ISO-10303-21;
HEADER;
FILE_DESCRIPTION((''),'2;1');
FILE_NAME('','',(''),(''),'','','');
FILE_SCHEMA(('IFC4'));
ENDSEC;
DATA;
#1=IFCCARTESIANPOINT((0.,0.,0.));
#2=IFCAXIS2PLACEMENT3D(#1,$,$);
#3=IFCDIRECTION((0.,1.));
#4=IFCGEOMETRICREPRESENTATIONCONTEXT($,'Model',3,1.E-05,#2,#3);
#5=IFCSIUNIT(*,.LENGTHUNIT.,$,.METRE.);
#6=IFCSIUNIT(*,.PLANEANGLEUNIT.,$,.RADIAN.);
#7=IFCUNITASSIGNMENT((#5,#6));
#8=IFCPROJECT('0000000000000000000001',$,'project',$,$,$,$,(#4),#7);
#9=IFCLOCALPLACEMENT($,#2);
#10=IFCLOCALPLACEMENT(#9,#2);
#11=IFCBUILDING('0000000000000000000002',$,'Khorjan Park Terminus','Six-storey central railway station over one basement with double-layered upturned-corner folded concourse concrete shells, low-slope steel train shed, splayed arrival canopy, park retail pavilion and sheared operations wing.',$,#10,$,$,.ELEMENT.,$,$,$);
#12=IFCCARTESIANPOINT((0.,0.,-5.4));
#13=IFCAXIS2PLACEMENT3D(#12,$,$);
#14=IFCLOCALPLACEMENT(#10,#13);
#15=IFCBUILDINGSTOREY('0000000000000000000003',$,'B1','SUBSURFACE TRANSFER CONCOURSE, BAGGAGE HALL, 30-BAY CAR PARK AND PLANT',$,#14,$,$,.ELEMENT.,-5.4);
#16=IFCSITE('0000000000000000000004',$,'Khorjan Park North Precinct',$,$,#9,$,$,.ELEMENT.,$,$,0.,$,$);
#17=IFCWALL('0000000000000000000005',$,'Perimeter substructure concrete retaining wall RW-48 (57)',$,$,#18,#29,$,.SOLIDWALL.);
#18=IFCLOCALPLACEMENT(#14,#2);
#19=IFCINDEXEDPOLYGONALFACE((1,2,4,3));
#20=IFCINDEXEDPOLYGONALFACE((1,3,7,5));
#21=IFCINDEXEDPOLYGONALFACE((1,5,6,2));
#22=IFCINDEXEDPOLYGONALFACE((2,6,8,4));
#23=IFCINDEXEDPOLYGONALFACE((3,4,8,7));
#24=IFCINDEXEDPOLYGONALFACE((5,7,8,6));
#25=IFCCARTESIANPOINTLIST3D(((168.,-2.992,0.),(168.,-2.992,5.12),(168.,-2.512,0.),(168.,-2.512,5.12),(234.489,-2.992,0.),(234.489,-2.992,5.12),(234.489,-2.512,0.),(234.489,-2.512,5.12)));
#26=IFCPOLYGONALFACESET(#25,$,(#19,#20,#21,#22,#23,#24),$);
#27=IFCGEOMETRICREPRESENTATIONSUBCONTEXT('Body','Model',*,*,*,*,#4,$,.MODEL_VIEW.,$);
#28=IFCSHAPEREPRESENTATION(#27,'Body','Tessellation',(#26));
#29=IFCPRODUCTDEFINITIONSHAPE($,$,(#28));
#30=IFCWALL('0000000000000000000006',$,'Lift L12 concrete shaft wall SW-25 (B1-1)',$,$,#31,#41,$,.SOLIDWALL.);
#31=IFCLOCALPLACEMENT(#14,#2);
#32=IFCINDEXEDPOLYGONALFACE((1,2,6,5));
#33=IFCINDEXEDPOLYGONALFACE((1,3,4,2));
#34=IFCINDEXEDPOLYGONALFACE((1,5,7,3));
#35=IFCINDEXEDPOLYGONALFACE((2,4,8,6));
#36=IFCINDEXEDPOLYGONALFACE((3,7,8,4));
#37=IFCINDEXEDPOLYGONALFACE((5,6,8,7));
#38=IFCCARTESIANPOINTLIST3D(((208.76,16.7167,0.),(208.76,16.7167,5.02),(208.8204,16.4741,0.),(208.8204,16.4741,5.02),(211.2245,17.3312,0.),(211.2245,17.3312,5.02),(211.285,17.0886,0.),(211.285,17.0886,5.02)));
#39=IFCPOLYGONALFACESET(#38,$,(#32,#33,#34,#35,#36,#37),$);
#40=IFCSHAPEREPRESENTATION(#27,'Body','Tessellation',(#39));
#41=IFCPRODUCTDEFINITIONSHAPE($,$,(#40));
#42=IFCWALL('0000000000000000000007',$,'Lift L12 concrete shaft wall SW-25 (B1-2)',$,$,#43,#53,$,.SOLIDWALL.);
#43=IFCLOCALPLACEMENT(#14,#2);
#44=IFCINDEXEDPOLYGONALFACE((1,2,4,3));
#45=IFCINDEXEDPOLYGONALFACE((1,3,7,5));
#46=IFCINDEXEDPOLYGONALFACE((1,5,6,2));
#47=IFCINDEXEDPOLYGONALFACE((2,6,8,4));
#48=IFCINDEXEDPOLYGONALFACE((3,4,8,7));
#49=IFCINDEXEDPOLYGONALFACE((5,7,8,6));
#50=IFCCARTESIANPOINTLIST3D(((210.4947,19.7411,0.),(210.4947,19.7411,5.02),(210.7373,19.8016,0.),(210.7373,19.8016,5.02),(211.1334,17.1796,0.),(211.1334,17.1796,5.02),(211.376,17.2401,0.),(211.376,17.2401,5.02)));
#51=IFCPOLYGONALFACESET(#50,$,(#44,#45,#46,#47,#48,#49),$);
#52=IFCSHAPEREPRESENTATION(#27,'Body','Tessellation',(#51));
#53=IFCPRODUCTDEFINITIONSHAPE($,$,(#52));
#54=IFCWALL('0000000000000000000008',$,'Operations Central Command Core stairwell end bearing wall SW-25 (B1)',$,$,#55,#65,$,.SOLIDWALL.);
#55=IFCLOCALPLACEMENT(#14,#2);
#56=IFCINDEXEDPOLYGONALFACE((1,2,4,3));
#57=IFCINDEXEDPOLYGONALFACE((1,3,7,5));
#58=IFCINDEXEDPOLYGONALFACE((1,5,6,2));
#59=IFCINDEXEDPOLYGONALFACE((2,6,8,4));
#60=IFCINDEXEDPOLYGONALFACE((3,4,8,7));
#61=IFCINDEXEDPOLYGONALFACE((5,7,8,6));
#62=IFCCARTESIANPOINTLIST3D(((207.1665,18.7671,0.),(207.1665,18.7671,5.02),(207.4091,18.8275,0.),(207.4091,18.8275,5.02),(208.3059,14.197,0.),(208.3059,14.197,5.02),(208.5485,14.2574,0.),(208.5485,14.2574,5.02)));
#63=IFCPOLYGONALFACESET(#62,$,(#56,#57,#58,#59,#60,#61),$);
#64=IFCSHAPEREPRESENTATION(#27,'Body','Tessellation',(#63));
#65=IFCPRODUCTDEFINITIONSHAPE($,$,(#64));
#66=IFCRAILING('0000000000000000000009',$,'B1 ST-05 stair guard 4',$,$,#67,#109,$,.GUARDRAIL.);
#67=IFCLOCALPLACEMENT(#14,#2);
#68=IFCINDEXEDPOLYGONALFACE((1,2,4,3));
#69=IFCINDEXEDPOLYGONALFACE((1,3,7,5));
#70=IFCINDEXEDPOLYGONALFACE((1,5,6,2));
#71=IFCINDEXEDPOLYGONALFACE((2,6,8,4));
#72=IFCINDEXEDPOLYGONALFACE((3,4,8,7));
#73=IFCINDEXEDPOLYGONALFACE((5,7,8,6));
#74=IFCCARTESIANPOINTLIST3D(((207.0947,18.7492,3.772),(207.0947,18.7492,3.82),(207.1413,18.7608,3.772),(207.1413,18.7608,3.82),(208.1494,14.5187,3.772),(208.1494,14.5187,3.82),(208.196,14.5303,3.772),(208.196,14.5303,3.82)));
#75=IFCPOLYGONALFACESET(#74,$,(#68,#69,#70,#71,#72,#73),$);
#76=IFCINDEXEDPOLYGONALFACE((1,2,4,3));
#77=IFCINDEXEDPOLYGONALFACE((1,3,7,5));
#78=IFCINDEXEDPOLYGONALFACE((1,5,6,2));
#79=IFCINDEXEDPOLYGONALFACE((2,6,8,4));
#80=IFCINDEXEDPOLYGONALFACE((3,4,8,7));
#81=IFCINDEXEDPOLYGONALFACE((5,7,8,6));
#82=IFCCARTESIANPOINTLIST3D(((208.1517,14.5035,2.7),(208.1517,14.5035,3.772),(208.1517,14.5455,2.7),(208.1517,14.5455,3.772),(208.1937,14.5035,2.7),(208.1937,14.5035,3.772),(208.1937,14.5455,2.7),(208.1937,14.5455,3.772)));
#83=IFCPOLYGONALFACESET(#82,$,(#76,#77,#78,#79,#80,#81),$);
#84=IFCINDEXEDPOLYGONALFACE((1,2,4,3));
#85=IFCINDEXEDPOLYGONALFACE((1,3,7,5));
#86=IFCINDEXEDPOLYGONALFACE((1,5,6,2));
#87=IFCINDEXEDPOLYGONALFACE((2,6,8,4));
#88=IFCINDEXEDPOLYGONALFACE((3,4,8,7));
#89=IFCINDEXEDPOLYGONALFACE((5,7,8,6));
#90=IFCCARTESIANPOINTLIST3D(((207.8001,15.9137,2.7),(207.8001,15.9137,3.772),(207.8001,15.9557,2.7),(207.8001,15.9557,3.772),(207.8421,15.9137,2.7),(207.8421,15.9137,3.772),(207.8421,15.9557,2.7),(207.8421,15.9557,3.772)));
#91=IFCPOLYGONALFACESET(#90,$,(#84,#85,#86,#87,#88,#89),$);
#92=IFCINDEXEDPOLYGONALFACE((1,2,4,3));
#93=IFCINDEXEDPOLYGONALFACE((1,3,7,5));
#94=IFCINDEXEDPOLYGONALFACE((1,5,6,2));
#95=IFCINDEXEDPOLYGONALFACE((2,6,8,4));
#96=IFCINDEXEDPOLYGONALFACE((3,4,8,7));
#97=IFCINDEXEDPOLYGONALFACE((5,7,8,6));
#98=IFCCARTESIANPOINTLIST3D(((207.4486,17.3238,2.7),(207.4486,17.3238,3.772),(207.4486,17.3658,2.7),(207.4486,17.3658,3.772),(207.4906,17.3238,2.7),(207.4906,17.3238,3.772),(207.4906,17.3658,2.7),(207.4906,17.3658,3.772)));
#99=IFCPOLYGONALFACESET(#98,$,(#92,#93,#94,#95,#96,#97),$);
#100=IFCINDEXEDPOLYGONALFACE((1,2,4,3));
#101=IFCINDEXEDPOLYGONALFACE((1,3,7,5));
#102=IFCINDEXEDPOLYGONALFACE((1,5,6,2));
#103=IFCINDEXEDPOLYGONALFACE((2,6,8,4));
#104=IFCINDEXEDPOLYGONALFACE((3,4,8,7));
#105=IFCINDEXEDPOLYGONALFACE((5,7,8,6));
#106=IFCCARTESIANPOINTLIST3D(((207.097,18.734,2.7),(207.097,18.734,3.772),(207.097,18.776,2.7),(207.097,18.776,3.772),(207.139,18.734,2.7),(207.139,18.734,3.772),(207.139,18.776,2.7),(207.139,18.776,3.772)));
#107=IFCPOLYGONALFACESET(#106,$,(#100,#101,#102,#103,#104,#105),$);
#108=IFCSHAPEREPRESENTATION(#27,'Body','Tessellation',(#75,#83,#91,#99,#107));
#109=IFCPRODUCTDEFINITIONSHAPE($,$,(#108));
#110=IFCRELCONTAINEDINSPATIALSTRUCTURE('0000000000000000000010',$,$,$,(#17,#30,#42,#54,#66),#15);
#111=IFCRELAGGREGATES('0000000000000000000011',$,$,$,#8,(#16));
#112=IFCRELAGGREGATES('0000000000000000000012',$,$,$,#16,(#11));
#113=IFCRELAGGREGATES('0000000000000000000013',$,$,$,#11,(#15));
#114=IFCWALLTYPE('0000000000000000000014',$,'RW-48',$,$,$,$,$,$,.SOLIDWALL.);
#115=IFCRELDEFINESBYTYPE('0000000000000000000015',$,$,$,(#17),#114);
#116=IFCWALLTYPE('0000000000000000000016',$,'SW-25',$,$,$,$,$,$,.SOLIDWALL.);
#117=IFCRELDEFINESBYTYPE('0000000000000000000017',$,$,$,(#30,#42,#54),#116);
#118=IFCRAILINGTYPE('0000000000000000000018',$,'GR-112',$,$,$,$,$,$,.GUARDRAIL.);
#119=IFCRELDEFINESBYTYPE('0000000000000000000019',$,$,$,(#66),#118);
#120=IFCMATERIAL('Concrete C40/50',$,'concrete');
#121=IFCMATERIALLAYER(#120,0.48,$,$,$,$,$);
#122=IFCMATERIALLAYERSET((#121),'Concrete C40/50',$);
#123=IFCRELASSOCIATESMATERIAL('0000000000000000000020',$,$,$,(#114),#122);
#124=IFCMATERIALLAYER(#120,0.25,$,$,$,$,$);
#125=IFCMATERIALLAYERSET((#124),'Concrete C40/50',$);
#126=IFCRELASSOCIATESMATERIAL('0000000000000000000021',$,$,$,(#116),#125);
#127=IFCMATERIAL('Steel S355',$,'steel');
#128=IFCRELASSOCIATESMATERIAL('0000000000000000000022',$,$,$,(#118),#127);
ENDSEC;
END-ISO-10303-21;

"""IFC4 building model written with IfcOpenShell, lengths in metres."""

from ifc_helpers import new_model, si_unit, direction, frame, frame_2d, origin, origin_2d, place, context, subcontext, project, spatial, rectangle, extrude, material, layer, layer_set, type_object, element, save


model = new_model("IFC4")

# Units and contexts
model_context = context("Model", 3, precision=1e-05, world=origin(), true_north=direction((0.0, 1.0)))
body_context = subcontext(model_context, "Body", "Model", "MODEL_VIEW")
ifc_project = project(units=[si_unit("LENGTHUNIT", "METRE"), si_unit("PLANEANGLEUNIT", "RADIAN")], contexts=[model_context])

# Site, building, storey
site_placement = place(None, origin())
site = spatial("IfcSite", under=ifc_project, at=site_placement, Name="Khorjan Park North Precinct", CompositionType="ELEMENT", RefElevation=0.0)
building_placement = place(site_placement, origin())
building = spatial("IfcBuilding", under=site, at=building_placement, Name="Khorjan Park Terminus", Description="Six-storey central railway station over one basement with double-layered upturned-corner folded concourse concrete shells, low-slope steel train shed, splayed arrival canopy, park retail pavilion and sheared operations wing.", CompositionType="ELEMENT")
storey_placement = place(building_placement, frame((0.0, 0.0, -5.4)))
storey = spatial("IfcBuildingStorey", under=building, at=storey_placement, Name="B1", Description="SUBSURFACE TRANSFER CONCOURSE, BAGGAGE HALL, 30-BAY CAR PARK AND PLANT", CompositionType="ELEMENT", Elevation=-5.4)

# Shared definitions
ifc_material_1 = material(Name="Concrete C40/50", Category="concrete")

# Walls
ifc_layer_1 = layer(ifc_material_1, 0.48)
ifc_layer_set_1 = layer_set([ifc_layer_1], Name="Concrete C40/50")
wall_type_1 = type_object("IfcWallType", Name="RW-48", PredefinedType="SOLIDWALL", material=ifc_layer_set_1)
wall_1_placement = place(storey_placement, frame((234.489, -2.752, 0.0), z_axis=(0.0, 0.0, 1.0), x_axis=(-1.0, 0.0, 0.0)))
element("IfcWall", 1, at=wall_1_placement, inside=storey, type_object=wall_type_1, Name="Perimeter substructure concrete retaining wall RW-48 (57)", PredefinedType="SOLIDWALL", context=body_context, shape_type="SweptSolid", body=[
    extrude(rectangle(XDim=66.489, YDim=0.48, at=frame_2d((33.2445, 0.0))), origin(), (0.0, 0.0, 1.0), 5.12),
])
ifc_layer_2 = layer(ifc_material_1, 0.25)
ifc_layer_set_2 = layer_set([ifc_layer_2], Name="Concrete C40/50")
wall_type_2 = type_object("IfcWallType", Name="SW-25", PredefinedType="SOLIDWALL", material=ifc_layer_set_2)
wall_2_placement = place(storey_placement, frame((208.7902, 16.5954, 0.0), z_axis=(0.0, 0.0, 1.0), x_axis=(0.970293, 0.241933, 0.0)))
element("IfcWall", 2, at=wall_2_placement, inside=storey, type_object=wall_type_2, Name="Lift L12 concrete shaft wall SW-25 (B1-1)", PredefinedType="SOLIDWALL", context=body_context, shape_type="SweptSolid", body=[
    extrude(rectangle(XDim=2.54, YDim=0.25, at=frame_2d((1.27, 0.0))), origin(), (0.0, 0.0, 1.0), 5.02),
])
wall_3_placement = place(storey_placement, frame((211.2547, 17.2099, 0.0), z_axis=(0.0, 0.0, 1.0), x_axis=(-0.241938, 0.970292, 0.0)))
element("IfcWall", 3, at=wall_3_placement, inside=storey, type_object=wall_type_2, Name="Lift L12 concrete shaft wall SW-25 (B1-2)", PredefinedType="SOLIDWALL", context=body_context, shape_type="SweptSolid", body=[
    extrude(rectangle(XDim=2.6399, YDim=0.25, at=frame_2d((1.3199, 0.0))), origin(), (0.0, 0.0, 1.0), 5.02),
])
wall_4_placement = place(storey_placement, frame((208.4272, 14.2272, 0.0), z_axis=(0.0, 0.0, 1.0), x_axis=(-0.241911, 0.970298, 0.0)))
element("IfcWall", 4, at=wall_4_placement, inside=storey, type_object=wall_type_2, Name="Operations Central Command Core stairwell end bearing wall SW-25 (B1)", PredefinedType="SOLIDWALL", context=body_context, shape_type="SweptSolid", body=[
    extrude(rectangle(XDim=4.71, YDim=0.25, at=frame_2d((2.355, 0.0))), origin(), (0.0, 0.0, 1.0), 5.02),
])

# Railing
ifc_material_2 = material(Name="Steel S355", Category="steel")
railing_type = type_object("IfcRailingType", Name="GR-112", PredefinedType="GUARDRAIL", material=ifc_material_2)
railing_placement = place(storey_placement, frame((208.1727, 14.5245, 2.7)))
element("IfcRailing", 5, at=railing_placement, inside=storey, type_object=railing_type, Name="B1 ST-05 stair guard 4", PredefinedType="GUARDRAIL", context=body_context, shape_type="SweptSolid", body=[
    extrude(rectangle(XDim=0.048, YDim=0.048, at=origin_2d()), frame((0.0, 0.0, 1.096), z_axis=(-0.241904, 0.9703, 0.0), x_axis=(-0.9703, -0.241904, 0.0)), (0.0, 0.0, 1.0), 4.36),
    extrude(rectangle(XDim=0.042, YDim=0.042, at=origin_2d()), origin(), (0.0, 0.0, 1.0), 1.072),
    extrude(rectangle(XDim=0.042, YDim=0.042, at=origin_2d()), frame((-0.3516, 1.4102, 0.0)), (0.0, 0.0, 1.0), 1.072),
    extrude(rectangle(XDim=0.042, YDim=0.042, at=origin_2d()), frame((-0.7031, 2.8203, 0.0)), (0.0, 0.0, 1.0), 1.072),
    extrude(rectangle(XDim=0.042, YDim=0.042, at=origin_2d()), frame((-1.0547, 4.2305, 0.0)), (0.0, 0.0, 1.0), 1.072),
])

save(model, "model.ifc")
